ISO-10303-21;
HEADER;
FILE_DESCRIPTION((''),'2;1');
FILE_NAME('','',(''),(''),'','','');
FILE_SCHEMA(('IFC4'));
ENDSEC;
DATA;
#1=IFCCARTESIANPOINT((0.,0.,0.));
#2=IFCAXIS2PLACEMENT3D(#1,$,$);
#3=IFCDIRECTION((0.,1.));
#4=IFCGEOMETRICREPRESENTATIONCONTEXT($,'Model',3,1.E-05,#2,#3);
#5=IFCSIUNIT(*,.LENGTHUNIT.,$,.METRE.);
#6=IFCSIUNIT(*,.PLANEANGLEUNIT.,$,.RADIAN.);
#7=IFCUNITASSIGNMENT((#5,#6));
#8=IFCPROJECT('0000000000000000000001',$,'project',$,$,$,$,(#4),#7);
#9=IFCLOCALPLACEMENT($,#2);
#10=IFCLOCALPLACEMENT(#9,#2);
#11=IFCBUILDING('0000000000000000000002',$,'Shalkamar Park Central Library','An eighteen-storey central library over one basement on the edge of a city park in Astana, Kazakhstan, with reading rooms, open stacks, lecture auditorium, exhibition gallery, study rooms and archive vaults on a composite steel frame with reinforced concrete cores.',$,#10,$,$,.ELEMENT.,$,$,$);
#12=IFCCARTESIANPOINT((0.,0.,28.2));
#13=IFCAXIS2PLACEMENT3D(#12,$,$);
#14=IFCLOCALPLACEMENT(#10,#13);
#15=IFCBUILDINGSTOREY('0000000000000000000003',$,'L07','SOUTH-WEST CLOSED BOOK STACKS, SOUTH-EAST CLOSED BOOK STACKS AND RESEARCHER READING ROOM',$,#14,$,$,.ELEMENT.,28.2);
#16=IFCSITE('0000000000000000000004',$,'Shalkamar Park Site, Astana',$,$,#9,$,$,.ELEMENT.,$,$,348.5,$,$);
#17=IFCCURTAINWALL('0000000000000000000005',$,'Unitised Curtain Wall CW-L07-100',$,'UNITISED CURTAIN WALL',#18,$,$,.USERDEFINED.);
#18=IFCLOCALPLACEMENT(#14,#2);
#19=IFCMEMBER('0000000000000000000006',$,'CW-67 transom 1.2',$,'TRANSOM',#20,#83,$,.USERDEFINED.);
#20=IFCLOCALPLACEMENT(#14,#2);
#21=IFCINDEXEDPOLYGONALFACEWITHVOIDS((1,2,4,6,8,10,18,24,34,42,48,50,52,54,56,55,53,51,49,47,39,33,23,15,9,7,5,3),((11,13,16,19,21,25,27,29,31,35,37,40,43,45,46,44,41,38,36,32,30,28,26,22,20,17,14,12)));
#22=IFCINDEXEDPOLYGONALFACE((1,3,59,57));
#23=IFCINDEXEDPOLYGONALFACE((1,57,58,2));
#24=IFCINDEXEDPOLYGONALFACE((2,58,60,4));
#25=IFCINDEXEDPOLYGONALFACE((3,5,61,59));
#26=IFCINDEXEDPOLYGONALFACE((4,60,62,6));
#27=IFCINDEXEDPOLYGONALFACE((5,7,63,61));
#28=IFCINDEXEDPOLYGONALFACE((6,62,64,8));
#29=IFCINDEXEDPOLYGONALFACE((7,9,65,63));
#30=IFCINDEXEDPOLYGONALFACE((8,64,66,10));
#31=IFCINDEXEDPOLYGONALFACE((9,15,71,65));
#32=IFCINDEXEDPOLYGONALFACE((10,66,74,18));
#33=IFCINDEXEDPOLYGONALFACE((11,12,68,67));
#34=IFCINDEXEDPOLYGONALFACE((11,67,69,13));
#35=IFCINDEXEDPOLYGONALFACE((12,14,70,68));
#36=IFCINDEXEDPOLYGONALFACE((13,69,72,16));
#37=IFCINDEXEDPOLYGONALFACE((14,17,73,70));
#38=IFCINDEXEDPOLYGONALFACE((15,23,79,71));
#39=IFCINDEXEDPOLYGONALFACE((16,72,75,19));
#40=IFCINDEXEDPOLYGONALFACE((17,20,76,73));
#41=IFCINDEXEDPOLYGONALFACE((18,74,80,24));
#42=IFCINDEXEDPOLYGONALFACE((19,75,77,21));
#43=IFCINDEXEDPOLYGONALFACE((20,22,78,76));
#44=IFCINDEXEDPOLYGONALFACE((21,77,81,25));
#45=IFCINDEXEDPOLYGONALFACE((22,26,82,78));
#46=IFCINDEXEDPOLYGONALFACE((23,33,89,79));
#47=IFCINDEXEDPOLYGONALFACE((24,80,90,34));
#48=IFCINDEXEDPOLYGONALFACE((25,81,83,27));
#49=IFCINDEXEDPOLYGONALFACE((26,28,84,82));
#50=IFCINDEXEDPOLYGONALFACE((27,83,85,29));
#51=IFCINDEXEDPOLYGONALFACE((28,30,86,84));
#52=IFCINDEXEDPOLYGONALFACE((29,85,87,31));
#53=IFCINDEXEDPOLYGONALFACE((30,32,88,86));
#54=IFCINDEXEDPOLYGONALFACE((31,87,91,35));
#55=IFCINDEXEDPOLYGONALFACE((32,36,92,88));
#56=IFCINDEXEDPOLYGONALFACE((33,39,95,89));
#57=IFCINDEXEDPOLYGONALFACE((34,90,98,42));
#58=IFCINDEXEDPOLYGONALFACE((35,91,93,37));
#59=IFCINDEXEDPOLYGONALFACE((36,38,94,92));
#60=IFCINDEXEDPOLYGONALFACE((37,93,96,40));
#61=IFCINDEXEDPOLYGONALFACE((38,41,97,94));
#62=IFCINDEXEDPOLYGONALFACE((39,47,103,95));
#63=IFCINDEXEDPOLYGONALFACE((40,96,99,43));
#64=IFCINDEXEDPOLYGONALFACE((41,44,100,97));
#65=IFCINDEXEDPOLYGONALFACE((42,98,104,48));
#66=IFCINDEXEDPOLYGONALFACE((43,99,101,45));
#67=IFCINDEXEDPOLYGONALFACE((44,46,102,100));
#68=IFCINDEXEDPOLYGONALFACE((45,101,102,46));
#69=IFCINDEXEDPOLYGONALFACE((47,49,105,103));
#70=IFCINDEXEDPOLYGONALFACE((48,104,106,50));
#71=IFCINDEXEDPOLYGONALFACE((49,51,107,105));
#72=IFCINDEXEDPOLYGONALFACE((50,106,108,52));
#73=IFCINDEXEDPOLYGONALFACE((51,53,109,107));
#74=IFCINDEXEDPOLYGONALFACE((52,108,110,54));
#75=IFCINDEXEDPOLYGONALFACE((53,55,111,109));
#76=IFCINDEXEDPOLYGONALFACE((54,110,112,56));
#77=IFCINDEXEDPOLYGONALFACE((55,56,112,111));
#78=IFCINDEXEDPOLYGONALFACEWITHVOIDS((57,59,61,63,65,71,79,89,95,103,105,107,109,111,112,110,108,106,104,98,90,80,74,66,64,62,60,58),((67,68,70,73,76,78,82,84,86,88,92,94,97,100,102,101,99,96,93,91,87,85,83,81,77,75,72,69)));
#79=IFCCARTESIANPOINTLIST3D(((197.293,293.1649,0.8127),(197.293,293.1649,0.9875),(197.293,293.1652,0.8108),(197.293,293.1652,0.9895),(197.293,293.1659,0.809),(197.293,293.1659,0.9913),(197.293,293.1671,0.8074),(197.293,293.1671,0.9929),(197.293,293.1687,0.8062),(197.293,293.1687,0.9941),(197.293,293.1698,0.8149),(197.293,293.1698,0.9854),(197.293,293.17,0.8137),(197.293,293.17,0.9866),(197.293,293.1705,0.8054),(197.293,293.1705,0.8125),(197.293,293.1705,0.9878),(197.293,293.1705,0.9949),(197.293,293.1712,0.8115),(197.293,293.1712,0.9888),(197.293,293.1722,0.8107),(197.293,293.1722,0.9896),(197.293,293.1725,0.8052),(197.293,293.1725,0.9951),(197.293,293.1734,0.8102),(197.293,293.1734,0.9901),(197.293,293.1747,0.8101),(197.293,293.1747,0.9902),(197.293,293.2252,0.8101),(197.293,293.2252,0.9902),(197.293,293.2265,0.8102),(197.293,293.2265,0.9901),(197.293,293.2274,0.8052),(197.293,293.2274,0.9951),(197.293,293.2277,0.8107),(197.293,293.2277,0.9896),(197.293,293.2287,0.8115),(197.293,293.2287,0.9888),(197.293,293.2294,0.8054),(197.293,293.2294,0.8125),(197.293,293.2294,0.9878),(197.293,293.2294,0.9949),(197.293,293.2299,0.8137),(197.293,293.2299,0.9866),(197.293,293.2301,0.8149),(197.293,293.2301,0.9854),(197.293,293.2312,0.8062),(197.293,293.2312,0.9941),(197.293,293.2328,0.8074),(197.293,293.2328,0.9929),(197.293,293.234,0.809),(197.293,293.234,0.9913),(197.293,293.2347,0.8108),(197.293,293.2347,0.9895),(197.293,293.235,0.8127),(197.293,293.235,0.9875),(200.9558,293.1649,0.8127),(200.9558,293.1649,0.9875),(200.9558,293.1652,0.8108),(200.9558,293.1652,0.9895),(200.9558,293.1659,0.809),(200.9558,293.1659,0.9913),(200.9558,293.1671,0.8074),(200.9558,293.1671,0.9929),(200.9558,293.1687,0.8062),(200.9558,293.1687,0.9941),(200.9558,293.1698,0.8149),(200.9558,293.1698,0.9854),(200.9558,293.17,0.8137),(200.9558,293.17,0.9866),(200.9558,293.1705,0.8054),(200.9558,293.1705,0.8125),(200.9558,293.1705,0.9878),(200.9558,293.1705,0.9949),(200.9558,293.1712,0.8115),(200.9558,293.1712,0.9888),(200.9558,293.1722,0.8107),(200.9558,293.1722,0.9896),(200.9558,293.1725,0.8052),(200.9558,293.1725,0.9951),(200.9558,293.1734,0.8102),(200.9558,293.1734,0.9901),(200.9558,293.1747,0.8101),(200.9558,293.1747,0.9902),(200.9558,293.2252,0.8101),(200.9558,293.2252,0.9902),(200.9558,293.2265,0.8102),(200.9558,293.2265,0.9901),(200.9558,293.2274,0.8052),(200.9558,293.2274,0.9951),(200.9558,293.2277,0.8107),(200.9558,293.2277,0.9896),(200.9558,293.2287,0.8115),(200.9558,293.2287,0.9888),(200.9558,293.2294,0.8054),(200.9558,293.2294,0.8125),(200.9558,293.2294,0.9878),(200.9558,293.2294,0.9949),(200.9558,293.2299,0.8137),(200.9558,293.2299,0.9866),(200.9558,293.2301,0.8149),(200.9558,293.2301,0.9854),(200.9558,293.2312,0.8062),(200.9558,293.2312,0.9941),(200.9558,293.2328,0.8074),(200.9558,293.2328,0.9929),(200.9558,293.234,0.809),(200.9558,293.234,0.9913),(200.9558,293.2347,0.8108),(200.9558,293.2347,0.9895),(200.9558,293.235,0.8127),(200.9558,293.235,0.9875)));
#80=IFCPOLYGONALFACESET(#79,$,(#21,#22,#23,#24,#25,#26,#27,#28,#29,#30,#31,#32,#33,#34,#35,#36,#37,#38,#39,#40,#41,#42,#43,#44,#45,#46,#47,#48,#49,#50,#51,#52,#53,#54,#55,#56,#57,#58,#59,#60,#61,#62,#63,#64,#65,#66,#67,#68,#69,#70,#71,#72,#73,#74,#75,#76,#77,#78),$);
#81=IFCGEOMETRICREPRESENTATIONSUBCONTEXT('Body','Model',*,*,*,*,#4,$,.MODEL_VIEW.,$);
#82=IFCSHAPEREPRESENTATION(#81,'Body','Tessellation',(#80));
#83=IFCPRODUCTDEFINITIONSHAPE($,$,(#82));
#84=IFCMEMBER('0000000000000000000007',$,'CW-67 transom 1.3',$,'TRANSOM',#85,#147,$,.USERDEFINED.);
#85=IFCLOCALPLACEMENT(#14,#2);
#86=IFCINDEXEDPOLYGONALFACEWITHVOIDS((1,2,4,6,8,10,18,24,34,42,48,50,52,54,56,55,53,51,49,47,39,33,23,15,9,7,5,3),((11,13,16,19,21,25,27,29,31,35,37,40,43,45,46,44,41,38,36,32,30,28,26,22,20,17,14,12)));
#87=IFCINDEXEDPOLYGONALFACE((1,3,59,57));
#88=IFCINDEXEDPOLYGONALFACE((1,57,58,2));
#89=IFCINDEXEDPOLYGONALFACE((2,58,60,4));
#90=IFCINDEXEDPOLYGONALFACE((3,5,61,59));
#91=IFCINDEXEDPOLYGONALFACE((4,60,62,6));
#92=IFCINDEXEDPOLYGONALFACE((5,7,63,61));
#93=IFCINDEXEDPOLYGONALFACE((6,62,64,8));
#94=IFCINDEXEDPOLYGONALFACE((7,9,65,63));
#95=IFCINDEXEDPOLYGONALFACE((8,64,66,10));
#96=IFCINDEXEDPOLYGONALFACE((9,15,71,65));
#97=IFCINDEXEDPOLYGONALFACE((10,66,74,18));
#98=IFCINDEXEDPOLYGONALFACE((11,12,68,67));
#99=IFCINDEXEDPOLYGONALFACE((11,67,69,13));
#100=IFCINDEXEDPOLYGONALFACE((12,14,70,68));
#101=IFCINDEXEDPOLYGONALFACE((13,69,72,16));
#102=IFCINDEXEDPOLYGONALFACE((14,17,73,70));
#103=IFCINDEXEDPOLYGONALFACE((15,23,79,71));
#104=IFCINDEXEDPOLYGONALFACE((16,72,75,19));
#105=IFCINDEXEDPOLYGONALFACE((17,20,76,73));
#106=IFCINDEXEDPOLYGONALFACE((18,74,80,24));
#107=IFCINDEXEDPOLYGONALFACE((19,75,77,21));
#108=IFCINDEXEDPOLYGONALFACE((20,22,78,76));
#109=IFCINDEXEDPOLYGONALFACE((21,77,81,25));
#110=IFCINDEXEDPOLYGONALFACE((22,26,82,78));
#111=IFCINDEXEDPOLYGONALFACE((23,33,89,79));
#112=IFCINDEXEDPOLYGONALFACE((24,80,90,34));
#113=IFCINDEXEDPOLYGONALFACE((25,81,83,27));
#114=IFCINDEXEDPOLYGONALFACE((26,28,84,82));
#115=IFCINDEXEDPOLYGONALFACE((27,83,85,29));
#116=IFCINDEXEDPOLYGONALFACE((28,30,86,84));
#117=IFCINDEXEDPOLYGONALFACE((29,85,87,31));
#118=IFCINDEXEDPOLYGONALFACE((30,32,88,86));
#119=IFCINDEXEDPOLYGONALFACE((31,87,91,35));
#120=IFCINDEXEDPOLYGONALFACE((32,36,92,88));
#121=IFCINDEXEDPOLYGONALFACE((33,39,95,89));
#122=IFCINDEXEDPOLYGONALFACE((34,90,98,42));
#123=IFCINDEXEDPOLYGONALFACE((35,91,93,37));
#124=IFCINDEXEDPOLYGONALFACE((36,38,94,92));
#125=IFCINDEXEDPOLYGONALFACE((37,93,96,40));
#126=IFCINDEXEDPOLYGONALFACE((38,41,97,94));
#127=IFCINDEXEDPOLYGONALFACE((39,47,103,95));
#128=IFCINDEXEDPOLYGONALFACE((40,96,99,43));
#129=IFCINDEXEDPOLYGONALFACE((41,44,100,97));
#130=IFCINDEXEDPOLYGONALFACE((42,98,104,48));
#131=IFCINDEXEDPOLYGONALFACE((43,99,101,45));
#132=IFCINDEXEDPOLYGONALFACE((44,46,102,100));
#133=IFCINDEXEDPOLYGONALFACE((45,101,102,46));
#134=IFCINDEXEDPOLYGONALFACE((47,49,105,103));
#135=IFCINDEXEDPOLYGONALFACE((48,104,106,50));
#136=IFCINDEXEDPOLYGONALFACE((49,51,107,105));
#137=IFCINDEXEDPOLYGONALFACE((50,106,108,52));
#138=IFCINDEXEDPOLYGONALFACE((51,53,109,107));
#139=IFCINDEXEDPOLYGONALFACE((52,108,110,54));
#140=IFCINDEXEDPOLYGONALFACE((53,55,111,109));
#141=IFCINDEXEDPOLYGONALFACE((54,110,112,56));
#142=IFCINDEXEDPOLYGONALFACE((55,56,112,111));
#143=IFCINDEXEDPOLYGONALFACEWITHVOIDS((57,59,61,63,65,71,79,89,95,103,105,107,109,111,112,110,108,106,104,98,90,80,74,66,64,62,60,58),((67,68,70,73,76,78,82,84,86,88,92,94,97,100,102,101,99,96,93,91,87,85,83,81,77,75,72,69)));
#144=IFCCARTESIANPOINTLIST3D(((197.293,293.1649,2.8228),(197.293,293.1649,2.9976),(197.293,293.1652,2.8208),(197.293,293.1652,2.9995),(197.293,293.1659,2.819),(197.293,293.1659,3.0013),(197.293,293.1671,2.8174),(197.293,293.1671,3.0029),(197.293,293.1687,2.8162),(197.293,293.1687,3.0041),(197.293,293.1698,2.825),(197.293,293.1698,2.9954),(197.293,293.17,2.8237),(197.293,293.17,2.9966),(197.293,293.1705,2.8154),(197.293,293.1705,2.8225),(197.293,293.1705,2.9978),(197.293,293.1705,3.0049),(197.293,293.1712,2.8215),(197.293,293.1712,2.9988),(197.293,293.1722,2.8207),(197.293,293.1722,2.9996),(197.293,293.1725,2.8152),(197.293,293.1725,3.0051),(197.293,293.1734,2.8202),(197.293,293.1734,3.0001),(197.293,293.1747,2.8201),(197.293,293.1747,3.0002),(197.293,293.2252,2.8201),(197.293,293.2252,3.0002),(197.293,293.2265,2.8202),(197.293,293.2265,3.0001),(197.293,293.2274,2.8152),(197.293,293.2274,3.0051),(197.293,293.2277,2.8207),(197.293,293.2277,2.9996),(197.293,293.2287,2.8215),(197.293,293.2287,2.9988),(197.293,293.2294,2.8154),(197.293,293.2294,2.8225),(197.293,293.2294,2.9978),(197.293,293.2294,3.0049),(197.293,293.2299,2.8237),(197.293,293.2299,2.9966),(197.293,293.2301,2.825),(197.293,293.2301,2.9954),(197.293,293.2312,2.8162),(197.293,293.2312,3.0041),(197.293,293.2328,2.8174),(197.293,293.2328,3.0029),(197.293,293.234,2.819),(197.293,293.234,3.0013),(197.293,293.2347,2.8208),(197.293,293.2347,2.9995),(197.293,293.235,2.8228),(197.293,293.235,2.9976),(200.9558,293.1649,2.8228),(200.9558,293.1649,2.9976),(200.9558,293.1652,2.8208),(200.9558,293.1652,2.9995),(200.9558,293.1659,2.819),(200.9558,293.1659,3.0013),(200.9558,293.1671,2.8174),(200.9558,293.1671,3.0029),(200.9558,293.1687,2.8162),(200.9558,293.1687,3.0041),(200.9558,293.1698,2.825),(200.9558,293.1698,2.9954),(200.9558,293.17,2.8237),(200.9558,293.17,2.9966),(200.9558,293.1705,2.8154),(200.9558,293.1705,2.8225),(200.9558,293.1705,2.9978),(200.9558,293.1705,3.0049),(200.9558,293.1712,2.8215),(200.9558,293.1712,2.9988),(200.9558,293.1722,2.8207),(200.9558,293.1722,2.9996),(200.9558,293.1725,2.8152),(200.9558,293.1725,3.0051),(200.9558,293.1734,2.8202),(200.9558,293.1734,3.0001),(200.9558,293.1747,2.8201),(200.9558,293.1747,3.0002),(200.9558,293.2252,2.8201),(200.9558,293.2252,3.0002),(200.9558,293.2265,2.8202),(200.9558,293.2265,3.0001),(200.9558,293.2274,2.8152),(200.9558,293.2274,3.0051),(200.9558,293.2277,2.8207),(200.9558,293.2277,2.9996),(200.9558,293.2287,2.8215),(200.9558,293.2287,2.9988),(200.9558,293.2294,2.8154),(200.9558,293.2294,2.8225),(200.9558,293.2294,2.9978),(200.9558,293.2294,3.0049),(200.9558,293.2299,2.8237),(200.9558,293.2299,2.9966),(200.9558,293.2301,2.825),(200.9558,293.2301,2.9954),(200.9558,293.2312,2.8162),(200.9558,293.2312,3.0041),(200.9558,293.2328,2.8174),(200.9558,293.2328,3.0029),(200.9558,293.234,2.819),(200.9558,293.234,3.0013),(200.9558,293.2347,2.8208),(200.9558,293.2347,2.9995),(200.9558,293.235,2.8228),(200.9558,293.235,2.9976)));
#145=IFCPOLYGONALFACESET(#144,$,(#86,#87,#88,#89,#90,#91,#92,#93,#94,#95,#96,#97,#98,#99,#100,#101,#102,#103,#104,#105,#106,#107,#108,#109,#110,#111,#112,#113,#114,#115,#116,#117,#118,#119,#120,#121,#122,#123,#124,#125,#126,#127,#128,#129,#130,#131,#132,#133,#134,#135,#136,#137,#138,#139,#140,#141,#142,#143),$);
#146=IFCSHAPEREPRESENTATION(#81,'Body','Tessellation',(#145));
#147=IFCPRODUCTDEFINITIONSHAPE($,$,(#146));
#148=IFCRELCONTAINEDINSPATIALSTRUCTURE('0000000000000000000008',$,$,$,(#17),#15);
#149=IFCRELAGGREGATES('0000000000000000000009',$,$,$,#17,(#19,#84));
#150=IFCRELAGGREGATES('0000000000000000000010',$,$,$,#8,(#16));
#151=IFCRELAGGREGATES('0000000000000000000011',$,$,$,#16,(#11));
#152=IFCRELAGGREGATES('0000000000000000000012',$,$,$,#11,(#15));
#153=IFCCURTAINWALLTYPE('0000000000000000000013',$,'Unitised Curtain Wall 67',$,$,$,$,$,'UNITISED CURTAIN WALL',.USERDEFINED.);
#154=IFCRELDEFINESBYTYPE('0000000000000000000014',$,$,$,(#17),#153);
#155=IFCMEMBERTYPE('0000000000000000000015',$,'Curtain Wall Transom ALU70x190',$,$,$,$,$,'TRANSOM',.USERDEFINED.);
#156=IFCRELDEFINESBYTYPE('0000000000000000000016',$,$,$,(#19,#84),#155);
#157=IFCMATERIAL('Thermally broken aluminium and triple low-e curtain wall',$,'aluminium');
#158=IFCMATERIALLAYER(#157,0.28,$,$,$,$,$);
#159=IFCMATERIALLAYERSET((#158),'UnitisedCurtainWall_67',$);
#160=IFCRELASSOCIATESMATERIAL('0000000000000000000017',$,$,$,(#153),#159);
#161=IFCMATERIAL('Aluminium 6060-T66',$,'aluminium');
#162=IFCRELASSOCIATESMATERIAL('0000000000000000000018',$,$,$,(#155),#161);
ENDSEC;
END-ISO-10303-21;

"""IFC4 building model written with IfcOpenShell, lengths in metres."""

from ifc_helpers import new_model, si_unit, direction, frame, origin, origin_2d, place, context, subcontext, project, spatial, hollow_rectangle, extrude, material, layer, layer_set, material_profile, profile_set, type_object, element, aggregate, save


model = new_model("IFC4")

# Units and contexts
model_context = context("Model", 3, precision=1e-05, world=origin(), true_north=direction((0.0, 1.0)))
body_context = subcontext(model_context, "Body", "Model", "MODEL_VIEW")
ifc_project = project(units=[si_unit("LENGTHUNIT", "METRE"), si_unit("PLANEANGLEUNIT", "RADIAN")], contexts=[model_context])

# Site, building, storey
site_placement = place(None, origin())
site = spatial("IfcSite", under=ifc_project, at=site_placement, Name="Shalkamar Park Site, Astana", CompositionType="ELEMENT", RefElevation=348.5)
building_placement = place(site_placement, origin())
building = spatial("IfcBuilding", under=site, at=building_placement, Name="Shalkamar Park Central Library", Description="An eighteen-storey central library over one basement on the edge of a city park in Astana, Kazakhstan, with reading rooms, open stacks, lecture auditorium, exhibition gallery, study rooms and archive vaults on a composite steel frame with reinforced concrete cores.", CompositionType="ELEMENT")
storey_placement = place(building_placement, frame((0.0, 0.0, 28.2)))
storey = spatial("IfcBuildingStorey", under=building, at=storey_placement, Name="L07", Description="SOUTH-WEST CLOSED BOOK STACKS, SOUTH-EAST CLOSED BOOK STACKS AND RESEARCHER READING ROOM", CompositionType="ELEMENT", Elevation=28.2)

# Shared definitions
ifc_material_1 = material(Name="Thermally broken aluminium and triple low-e curtain wall", Category="aluminium")
ifc_material_2 = material(Name="Aluminium 6060-T66", Category="aluminium")

# Curtain wall
ifc_layer_1 = layer(ifc_material_1, 0.28)
ifc_layer_set_1 = layer_set([ifc_layer_1], Name="UnitisedCurtainWall_67")
curtain_wall_type_1 = type_object("IfcCurtainWallType", Name="Unitised Curtain Wall 67", ElementType="UNITISED CURTAIN WALL", PredefinedType="USERDEFINED", material=ifc_layer_set_1)
curtain_wall_1_placement = place(storey_placement, origin())
curtain_wall_1 = element("IfcCurtainWall", 1, at=curtain_wall_1_placement, inside=storey, type_object=curtain_wall_type_1, Name="Unitised Curtain Wall CW-L07-100", ObjectType="UNITISED CURTAIN WALL", PredefinedType="USERDEFINED")

# Members
ifc_material_profile_1 = material_profile(ifc_material_2, hollow_rectangle(XDim=0.0701, YDim=0.1899, WallThickness=0.0049, InnerFilletRadius=0.0049, OuterFilletRadius=0.0076, at=origin_2d()), Name="ALU 70x190x5")
ifc_profile_set_1 = profile_set([ifc_material_profile_1], Name="Aluminium 6060-T66")
member_type_1 = type_object("IfcMemberType", Name="Curtain Wall Transom ALU70x190", ElementType="TRANSOM", PredefinedType="USERDEFINED", material=ifc_profile_set_1)
member_1_placement = place(storey_placement, frame((197.293, 293.2, 0.9001), z_axis=(1.0, 0.0, 0.0), x_axis=(0.0, 1.0, 0.0)))
member_1 = element("IfcMember", 2, at=member_1_placement, type_object=member_type_1, Name="CW-67 transom 1.2", ObjectType="TRANSOM", PredefinedType="USERDEFINED", context=body_context, shape_type="SweptSolid", body=[
    extrude(hollow_rectangle(XDim=0.0701, YDim=0.1899, WallThickness=0.0049, InnerFilletRadius=0.0049, OuterFilletRadius=0.0076, at=origin_2d()), origin(), (0.0, 0.0, 1.0), 3.6628),
])
member_2_placement = place(storey_placement, frame((197.293, 293.2, 2.9102), z_axis=(1.0, 0.0, 0.0), x_axis=(0.0, 1.0, 0.0)))
member_2 = element("IfcMember", 3, at=member_2_placement, type_object=member_type_1, Name="CW-67 transom 1.3", ObjectType="TRANSOM", PredefinedType="USERDEFINED", context=body_context, shape_type="SweptSolid", body=[
    extrude(hollow_rectangle(XDim=0.0701, YDim=0.1899, WallThickness=0.0049, InnerFilletRadius=0.0049, OuterFilletRadius=0.0076, at=origin_2d()), origin(), (0.0, 0.0, 1.0), 3.6628),
])

aggregate(curtain_wall_1, [member_1, member_2])

save(model, "model.ifc")
